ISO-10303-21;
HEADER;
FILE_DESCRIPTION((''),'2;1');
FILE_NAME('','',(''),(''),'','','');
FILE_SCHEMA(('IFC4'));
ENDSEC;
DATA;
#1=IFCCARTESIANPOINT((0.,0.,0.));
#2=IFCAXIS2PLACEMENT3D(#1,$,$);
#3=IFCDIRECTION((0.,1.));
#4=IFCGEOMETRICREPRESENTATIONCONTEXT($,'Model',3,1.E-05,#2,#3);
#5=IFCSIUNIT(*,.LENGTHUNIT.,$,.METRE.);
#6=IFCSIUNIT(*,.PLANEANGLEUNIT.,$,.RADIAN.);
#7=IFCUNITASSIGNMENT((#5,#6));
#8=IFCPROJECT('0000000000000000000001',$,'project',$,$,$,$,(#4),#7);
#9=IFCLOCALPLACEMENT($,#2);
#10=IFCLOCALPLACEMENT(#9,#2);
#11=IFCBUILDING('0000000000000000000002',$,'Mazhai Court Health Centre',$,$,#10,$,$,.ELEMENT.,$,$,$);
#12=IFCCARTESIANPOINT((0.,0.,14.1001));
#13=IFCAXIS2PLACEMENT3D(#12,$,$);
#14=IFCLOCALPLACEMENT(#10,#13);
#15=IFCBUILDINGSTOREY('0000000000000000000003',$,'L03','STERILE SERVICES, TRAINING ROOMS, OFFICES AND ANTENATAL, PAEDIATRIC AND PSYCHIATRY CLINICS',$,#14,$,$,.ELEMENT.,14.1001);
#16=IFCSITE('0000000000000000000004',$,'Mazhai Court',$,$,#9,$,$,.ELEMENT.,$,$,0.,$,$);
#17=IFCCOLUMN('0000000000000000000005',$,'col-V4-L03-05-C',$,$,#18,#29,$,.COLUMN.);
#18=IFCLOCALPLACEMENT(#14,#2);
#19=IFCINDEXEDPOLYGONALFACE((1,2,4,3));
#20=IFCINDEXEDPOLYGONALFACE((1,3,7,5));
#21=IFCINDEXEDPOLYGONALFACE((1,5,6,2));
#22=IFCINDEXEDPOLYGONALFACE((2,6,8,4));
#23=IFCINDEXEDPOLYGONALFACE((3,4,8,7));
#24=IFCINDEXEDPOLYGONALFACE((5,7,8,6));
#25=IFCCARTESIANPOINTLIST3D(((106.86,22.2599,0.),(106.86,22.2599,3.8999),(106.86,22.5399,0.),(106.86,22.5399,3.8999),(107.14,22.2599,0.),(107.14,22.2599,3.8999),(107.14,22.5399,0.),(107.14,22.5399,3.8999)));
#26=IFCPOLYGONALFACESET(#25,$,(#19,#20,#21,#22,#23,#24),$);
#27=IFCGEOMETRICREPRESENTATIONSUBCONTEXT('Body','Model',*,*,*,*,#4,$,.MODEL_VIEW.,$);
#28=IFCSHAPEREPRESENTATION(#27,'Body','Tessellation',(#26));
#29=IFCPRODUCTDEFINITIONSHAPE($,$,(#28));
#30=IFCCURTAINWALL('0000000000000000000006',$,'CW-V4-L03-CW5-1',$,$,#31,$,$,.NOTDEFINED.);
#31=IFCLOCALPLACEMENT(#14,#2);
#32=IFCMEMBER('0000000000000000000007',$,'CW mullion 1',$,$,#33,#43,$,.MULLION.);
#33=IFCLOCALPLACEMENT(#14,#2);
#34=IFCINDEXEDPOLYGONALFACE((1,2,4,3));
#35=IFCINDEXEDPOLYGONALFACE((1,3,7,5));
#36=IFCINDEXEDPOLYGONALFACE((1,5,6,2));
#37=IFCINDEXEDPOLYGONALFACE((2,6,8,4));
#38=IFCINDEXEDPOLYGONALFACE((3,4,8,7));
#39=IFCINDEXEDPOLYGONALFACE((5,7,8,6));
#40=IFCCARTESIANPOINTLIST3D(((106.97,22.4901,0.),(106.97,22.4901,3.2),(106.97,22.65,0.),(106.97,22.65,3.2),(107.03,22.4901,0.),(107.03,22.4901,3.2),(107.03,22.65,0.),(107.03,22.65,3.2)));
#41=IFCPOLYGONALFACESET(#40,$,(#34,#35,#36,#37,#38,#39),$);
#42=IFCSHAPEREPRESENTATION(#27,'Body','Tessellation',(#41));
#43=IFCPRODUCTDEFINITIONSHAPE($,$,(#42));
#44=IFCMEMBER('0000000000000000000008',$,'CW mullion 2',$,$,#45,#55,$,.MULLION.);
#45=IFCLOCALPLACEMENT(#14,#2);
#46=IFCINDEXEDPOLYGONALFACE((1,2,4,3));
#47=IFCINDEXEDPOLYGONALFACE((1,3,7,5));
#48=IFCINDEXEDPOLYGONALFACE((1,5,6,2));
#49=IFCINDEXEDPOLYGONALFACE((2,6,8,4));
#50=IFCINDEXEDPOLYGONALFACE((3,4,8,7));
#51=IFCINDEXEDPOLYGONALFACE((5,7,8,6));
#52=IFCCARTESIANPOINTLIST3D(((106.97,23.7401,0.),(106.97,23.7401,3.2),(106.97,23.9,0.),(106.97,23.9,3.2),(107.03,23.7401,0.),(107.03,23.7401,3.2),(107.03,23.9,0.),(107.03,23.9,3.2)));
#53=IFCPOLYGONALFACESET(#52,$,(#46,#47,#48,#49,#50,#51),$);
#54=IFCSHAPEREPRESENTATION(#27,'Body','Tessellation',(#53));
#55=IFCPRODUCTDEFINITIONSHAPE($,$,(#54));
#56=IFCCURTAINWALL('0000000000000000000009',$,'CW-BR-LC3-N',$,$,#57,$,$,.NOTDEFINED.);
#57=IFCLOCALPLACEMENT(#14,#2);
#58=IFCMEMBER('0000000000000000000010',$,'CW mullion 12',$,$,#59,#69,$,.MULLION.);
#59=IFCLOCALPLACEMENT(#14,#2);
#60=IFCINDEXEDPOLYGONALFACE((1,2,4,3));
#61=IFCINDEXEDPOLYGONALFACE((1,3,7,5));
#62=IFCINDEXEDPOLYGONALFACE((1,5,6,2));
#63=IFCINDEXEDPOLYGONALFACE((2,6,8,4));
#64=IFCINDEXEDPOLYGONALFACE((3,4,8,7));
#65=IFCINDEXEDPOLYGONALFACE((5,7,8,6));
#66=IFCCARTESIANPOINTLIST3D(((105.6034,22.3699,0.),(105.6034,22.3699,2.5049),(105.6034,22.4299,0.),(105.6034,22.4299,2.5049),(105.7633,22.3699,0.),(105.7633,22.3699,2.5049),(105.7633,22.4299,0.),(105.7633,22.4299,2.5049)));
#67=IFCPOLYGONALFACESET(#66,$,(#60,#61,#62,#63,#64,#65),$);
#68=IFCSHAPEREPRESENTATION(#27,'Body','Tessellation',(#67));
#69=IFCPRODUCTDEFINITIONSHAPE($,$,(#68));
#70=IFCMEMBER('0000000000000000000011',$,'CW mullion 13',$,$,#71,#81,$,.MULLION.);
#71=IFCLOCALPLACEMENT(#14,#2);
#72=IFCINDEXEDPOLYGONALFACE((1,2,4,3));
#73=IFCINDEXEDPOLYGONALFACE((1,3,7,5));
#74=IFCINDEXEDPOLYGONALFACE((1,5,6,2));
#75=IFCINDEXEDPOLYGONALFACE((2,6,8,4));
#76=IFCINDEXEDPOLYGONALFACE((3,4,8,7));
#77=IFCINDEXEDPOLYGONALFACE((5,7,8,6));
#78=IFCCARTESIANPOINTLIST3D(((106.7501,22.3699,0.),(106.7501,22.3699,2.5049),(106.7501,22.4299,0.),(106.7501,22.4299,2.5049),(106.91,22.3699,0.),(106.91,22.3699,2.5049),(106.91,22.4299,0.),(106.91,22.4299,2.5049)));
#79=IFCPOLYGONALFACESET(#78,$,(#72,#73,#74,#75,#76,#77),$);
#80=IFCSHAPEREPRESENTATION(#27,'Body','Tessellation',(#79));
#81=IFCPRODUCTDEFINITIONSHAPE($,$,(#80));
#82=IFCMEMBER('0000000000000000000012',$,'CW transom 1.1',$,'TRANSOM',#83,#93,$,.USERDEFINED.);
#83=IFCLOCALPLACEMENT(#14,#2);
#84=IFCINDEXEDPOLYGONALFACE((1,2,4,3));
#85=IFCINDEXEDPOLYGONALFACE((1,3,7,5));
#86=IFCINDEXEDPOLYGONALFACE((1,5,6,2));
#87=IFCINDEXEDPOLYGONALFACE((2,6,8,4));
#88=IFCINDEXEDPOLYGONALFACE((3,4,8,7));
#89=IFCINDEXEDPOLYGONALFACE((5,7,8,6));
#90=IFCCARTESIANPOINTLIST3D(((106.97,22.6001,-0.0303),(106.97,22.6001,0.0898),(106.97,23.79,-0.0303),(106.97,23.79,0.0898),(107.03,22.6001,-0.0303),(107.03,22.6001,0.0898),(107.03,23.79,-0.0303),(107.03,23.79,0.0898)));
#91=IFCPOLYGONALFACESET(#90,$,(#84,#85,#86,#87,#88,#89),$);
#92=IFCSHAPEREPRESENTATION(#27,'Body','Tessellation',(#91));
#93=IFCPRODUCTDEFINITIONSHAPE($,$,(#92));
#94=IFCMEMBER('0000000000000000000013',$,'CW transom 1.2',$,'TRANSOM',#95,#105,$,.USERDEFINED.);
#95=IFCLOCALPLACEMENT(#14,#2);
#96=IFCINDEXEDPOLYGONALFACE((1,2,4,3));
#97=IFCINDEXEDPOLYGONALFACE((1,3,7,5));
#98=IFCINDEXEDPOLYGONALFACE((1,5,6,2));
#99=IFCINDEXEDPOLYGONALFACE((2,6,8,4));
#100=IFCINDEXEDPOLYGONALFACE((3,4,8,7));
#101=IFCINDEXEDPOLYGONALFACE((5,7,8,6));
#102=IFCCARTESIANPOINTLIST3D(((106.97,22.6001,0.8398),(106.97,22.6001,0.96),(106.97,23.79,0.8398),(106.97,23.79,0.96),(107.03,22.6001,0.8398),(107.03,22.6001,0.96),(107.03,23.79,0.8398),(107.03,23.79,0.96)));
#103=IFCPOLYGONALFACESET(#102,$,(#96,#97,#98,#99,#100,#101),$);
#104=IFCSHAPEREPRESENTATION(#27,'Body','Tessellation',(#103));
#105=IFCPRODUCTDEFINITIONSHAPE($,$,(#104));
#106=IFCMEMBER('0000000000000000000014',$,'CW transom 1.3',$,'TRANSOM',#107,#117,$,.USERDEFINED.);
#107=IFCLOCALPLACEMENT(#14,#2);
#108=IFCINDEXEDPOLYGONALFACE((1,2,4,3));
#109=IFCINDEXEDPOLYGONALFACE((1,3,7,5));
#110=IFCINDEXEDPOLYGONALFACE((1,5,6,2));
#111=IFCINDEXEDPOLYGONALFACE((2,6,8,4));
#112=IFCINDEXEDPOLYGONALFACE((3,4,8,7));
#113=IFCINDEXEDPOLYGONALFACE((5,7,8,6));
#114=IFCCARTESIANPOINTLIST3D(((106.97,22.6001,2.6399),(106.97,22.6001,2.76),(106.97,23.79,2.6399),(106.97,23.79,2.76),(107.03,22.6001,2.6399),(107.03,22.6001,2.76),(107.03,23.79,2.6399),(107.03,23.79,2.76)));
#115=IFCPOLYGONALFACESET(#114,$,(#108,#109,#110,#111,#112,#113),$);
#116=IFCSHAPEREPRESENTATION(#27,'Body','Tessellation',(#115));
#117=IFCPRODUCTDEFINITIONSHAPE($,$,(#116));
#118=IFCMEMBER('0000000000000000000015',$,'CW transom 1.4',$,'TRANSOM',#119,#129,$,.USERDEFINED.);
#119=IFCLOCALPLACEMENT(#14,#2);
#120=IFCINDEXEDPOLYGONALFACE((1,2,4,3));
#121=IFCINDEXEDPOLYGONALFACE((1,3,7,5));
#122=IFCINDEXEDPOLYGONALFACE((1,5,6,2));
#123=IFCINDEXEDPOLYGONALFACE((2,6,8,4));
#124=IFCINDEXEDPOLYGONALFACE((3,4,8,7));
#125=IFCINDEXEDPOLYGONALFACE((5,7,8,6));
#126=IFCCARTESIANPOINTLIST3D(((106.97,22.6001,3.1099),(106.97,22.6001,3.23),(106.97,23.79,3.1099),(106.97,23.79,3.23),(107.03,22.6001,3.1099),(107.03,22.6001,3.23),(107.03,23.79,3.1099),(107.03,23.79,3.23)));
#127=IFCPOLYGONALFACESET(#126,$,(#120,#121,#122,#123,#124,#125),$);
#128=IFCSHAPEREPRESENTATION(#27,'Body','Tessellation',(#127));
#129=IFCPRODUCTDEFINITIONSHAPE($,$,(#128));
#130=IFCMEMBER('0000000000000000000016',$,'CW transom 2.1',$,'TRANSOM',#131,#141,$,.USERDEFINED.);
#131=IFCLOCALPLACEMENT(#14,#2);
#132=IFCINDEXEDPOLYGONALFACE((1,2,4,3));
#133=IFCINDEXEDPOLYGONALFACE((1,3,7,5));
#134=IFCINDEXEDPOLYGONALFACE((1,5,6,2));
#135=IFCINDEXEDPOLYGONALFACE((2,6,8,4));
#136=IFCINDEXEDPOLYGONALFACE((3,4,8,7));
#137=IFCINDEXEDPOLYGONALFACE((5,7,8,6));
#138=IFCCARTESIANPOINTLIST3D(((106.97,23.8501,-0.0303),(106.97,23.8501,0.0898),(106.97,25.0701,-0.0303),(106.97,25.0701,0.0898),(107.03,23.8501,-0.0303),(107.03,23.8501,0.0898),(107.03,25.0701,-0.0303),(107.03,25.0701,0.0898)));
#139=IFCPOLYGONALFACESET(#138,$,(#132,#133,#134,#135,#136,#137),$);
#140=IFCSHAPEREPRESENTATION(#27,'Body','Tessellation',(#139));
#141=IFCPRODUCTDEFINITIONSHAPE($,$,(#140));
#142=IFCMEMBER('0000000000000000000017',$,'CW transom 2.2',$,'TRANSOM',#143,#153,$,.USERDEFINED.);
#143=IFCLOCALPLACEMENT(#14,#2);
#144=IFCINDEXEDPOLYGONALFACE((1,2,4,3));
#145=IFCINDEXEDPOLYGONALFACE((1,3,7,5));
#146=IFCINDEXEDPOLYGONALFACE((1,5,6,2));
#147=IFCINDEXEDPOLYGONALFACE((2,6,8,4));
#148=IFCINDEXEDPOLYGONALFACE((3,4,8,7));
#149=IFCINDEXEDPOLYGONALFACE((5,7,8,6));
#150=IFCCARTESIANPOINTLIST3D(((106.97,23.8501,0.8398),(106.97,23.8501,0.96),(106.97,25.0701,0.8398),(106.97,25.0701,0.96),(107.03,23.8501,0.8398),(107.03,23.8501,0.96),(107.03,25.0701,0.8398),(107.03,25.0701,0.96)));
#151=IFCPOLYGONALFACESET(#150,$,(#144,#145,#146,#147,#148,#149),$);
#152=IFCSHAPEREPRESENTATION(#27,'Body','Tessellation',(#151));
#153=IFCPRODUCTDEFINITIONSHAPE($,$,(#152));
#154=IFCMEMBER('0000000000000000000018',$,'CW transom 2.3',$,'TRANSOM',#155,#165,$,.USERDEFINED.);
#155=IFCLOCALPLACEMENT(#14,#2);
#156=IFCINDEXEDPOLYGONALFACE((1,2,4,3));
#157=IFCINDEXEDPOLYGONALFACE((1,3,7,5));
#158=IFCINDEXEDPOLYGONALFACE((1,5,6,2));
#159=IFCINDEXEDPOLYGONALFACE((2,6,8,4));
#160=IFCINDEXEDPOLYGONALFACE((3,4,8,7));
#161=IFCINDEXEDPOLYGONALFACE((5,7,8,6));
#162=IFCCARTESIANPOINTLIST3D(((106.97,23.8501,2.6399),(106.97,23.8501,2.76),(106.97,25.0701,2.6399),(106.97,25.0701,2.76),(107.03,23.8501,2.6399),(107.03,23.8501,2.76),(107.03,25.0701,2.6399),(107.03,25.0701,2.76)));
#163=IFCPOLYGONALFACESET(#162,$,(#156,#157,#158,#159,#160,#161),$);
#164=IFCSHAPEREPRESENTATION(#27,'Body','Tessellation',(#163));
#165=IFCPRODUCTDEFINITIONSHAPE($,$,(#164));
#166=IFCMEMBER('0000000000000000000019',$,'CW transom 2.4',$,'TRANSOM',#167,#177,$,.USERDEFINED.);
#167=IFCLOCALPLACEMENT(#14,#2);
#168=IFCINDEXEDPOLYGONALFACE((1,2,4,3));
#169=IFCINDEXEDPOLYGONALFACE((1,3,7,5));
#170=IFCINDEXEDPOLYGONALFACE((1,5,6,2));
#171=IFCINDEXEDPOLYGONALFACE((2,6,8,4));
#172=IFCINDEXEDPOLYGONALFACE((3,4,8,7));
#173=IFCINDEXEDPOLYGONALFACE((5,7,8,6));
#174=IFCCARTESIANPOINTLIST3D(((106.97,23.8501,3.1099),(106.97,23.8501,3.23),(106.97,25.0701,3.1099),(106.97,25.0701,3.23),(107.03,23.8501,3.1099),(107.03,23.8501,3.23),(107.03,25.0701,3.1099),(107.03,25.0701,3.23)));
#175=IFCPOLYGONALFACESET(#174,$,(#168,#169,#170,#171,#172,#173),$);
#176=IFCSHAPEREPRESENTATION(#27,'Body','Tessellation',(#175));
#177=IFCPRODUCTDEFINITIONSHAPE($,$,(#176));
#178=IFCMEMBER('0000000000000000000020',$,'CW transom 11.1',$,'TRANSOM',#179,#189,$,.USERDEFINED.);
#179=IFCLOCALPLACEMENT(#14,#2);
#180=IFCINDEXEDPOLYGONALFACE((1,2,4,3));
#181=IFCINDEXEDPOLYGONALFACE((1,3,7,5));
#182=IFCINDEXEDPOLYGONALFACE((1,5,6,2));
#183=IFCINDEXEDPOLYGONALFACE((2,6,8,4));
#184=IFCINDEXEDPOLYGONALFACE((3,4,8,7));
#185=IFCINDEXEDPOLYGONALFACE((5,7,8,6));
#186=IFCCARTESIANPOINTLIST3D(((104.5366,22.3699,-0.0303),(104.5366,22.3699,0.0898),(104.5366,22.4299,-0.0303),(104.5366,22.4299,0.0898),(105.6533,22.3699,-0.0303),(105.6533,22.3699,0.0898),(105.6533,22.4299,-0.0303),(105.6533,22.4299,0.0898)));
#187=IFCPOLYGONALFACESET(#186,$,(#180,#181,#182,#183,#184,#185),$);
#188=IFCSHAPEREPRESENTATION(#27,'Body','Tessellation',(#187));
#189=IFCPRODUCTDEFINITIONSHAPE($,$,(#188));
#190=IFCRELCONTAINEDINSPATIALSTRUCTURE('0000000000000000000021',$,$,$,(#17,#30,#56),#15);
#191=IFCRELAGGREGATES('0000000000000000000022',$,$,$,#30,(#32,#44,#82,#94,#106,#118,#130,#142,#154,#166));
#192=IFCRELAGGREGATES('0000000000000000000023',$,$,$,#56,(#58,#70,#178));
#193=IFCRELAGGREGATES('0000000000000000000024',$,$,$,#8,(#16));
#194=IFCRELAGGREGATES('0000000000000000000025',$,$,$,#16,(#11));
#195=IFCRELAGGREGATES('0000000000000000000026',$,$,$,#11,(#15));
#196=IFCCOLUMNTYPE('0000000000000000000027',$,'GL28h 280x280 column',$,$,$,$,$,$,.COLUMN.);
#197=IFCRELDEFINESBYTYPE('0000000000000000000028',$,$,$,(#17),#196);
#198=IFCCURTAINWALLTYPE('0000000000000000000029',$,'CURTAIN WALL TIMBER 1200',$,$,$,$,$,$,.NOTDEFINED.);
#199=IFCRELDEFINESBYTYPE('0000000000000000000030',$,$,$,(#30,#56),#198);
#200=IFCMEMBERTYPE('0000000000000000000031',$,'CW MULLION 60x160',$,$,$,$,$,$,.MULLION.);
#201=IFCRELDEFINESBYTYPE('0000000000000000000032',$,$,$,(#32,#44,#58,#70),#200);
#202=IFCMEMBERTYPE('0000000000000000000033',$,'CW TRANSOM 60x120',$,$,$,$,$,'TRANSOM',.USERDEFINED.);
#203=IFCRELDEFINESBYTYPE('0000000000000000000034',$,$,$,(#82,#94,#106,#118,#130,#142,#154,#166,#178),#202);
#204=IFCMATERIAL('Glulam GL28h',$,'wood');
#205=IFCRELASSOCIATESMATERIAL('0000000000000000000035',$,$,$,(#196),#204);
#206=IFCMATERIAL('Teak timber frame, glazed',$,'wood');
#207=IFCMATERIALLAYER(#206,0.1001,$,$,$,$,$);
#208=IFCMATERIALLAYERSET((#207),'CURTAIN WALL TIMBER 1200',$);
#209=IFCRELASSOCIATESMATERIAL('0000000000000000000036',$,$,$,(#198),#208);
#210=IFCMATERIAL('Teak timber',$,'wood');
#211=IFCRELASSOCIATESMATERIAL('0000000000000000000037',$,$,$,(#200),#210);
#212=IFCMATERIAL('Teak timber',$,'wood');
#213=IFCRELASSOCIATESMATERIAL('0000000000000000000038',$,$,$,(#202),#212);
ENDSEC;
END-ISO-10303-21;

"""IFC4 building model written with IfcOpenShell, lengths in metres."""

from ifc_helpers import new_model, si_unit, direction, frame, origin, origin_2d, place, context, subcontext, project, spatial, rectangle, extrude, material, layer, layer_set, material_profile, profile_set, type_object, element, aggregate, save


model = new_model("IFC4")

# Units and contexts
model_context = context("Model", 3, precision=1e-05, world=origin(), true_north=direction((0.0, 1.0)))
body_context = subcontext(model_context, "Body", "Model", "MODEL_VIEW")
ifc_project = project(units=[si_unit("LENGTHUNIT", "METRE"), si_unit("PLANEANGLEUNIT", "RADIAN")], contexts=[model_context])

# Site, building, storey
site_placement = place(None, origin())
site = spatial("IfcSite", under=ifc_project, at=site_placement, Name="Mazhai Court", CompositionType="ELEMENT", RefElevation=0.0)
building_placement = place(site_placement, origin())
building = spatial("IfcBuilding", under=site, at=building_placement, Name="Mazhai Court Health Centre", CompositionType="ELEMENT")
storey_placement = place(building_placement, frame((0.0, 0.0, 14.1001)))
storey = spatial("IfcBuildingStorey", under=building, at=storey_placement, Name="L03", Description="STERILE SERVICES, TRAINING ROOMS, OFFICES AND ANTENATAL, PAEDIATRIC AND PSYCHIATRY CLINICS", CompositionType="ELEMENT", Elevation=14.1001)

# Column
ifc_material_1 = material(Name="Glulam GL28h", Category="wood")
ifc_material_profile_1 = material_profile(ifc_material_1, rectangle(XDim=0.28, YDim=0.28, at=origin_2d()), Name="GL28h 280x280")
ifc_profile_set_1 = profile_set([ifc_material_profile_1], Name="Glulam GL28h")
column_type = type_object("IfcColumnType", Name="GL28h 280x280 column", PredefinedType="COLUMN", material=ifc_profile_set_1)
column_placement = place(storey_placement, frame((107.0, 22.3999, 0.0), z_axis=(0.0, 0.0, 1.0), x_axis=(1.0, 0.0, 0.0)))
element("IfcColumn", 1, at=column_placement, inside=storey, type_object=column_type, Name="col-V4-L03-05-C", PredefinedType="COLUMN", context=body_context, shape_type="SweptSolid", body=[
    extrude(rectangle(XDim=0.28, YDim=0.28, at=origin_2d()), origin(), (0.0, 0.0, 1.0), 3.8999),
])

# Curtain walls, members
ifc_material_2 = material(Name="Teak timber frame, glazed", Category="wood")
ifc_layer_1 = layer(ifc_material_2, 0.1001)
ifc_layer_set_1 = layer_set([ifc_layer_1], Name="CURTAIN WALL TIMBER 1200")
curtain_wall_type = type_object("IfcCurtainWallType", Name="CURTAIN WALL TIMBER 1200", PredefinedType="NOTDEFINED", material=ifc_layer_set_1)
curtain_wall_1_placement = place(storey_placement, origin())
curtain_wall_1 = element("IfcCurtainWall", 2, at=curtain_wall_1_placement, inside=storey, type_object=curtain_wall_type, Name="CW-V4-L03-CW5-1", PredefinedType="NOTDEFINED")
ifc_material_3 = material(Name="Teak timber", Category="wood")
ifc_material_profile_2 = material_profile(ifc_material_3, rectangle(XDim=0.0601, YDim=0.1599, at=origin_2d()), Name="CW MULLION 60x160")
ifc_profile_set_2 = profile_set([ifc_material_profile_2], Name="Teak timber")
member_type_1 = type_object("IfcMemberType", Name="CW MULLION 60x160", PredefinedType="MULLION", material=ifc_profile_set_2)
member_1_placement = place(storey_placement, frame((107.0, 22.5701, 0.0), z_axis=(0.0, 0.0, 1.0), x_axis=(-1.0, 0.0, 0.0)))
member_1 = element("IfcMember", 3, at=member_1_placement, type_object=member_type_1, Name="CW mullion 1", PredefinedType="MULLION", context=body_context, shape_type="SweptSolid", body=[
    extrude(rectangle(XDim=0.0601, YDim=0.1599, at=origin_2d()), origin(), (0.0, 0.0, 1.0), 3.2),
])
member_2_placement = place(storey_placement, frame((107.0, 23.8201, 0.0), z_axis=(0.0, 0.0, 1.0), x_axis=(-1.0, 0.0, 0.0)))
member_2 = element("IfcMember", 4, at=member_2_placement, type_object=member_type_1, Name="CW mullion 2", PredefinedType="MULLION", context=body_context, shape_type="SweptSolid", body=[
    extrude(rectangle(XDim=0.0601, YDim=0.1599, at=origin_2d()), origin(), (0.0, 0.0, 1.0), 3.2),
])
curtain_wall_2_placement = place(storey_placement, origin())
curtain_wall_2 = element("IfcCurtainWall", 5, at=curtain_wall_2_placement, inside=storey, type_object=curtain_wall_type, Name="CW-BR-LC3-N", PredefinedType="NOTDEFINED")
member_3_placement = place(storey_placement, frame((105.6833, 22.3999, 0.0), z_axis=(0.0, 0.0, 1.0), x_axis=(0.0, 1.0, 0.0)))
member_3 = element("IfcMember", 6, at=member_3_placement, type_object=member_type_1, Name="CW mullion 12", PredefinedType="MULLION", context=body_context, shape_type="SweptSolid", body=[
    extrude(rectangle(XDim=0.0601, YDim=0.1599, at=origin_2d()), origin(), (0.0, 0.0, 1.0), 2.5049),
])
member_4_placement = place(storey_placement, frame((106.8301, 22.3999, 0.0), z_axis=(0.0, 0.0, 1.0), x_axis=(0.0, 1.0, 0.0)))
member_4 = element("IfcMember", 7, at=member_4_placement, type_object=member_type_1, Name="CW mullion 13", PredefinedType="MULLION", context=body_context, shape_type="SweptSolid", body=[
    extrude(rectangle(XDim=0.0601, YDim=0.1599, at=origin_2d()), origin(), (0.0, 0.0, 1.0), 2.5049),
])

# Members
ifc_material_4 = material(Name="Teak timber", Category="wood")
ifc_material_profile_3 = material_profile(ifc_material_4, rectangle(XDim=0.0601, YDim=0.1201, at=origin_2d()), Name="CW TRANSOM 60x120")
ifc_profile_set_3 = profile_set([ifc_material_profile_3], Name="Teak timber")
member_type_2 = type_object("IfcMemberType", Name="CW TRANSOM 60x120", ElementType="TRANSOM", PredefinedType="USERDEFINED", material=ifc_profile_set_3)
member_5_placement = place(storey_placement, frame((107.0, 22.6001, 0.0298), z_axis=(0.0, 1.0, 0.0), x_axis=(-1.0, 0.0, 0.0)))
member_5 = element("IfcMember", 8, at=member_5_placement, type_object=member_type_2, Name="CW transom 1.1", ObjectType="TRANSOM", PredefinedType="USERDEFINED", context=body_context, shape_type="SweptSolid", body=[
    extrude(rectangle(XDim=0.0601, YDim=0.1201, at=origin_2d()), origin(), (0.0, 0.0, 1.0), 1.1899),
])
member_6_placement = place(storey_placement, frame((107.0, 22.6001, 0.8999), z_axis=(0.0, 1.0, 0.0), x_axis=(-1.0, 0.0, 0.0)))
member_6 = element("IfcMember", 9, at=member_6_placement, type_object=member_type_2, Name="CW transom 1.2", ObjectType="TRANSOM", PredefinedType="USERDEFINED", context=body_context, shape_type="SweptSolid", body=[
    extrude(rectangle(XDim=0.0601, YDim=0.1201, at=origin_2d()), origin(), (0.0, 0.0, 1.0), 1.1899),
])
member_7_placement = place(storey_placement, frame((107.0, 22.6001, 2.7), z_axis=(0.0, 1.0, 0.0), x_axis=(-1.0, 0.0, 0.0)))
member_7 = element("IfcMember", 10, at=member_7_placement, type_object=member_type_2, Name="CW transom 1.3", ObjectType="TRANSOM", PredefinedType="USERDEFINED", context=body_context, shape_type="SweptSolid", body=[
    extrude(rectangle(XDim=0.0601, YDim=0.1201, at=origin_2d()), origin(), (0.0, 0.0, 1.0), 1.1899),
])
member_8_placement = place(storey_placement, frame((107.0, 22.6001, 3.1699), z_axis=(0.0, 1.0, 0.0), x_axis=(-1.0, 0.0, 0.0)))
member_8 = element("IfcMember", 11, at=member_8_placement, type_object=member_type_2, Name="CW transom 1.4", ObjectType="TRANSOM", PredefinedType="USERDEFINED", context=body_context, shape_type="SweptSolid", body=[
    extrude(rectangle(XDim=0.0601, YDim=0.1201, at=origin_2d()), origin(), (0.0, 0.0, 1.0), 1.1899),
])
member_9_placement = place(storey_placement, frame((107.0, 23.8501, 0.0298), z_axis=(0.0, 1.0, 0.0), x_axis=(-1.0, 0.0, 0.0)))
member_9 = element("IfcMember", 12, at=member_9_placement, type_object=member_type_2, Name="CW transom 2.1", ObjectType="TRANSOM", PredefinedType="USERDEFINED", context=body_context, shape_type="SweptSolid", body=[
    extrude(rectangle(XDim=0.0601, YDim=0.1201, at=origin_2d()), origin(), (0.0, 0.0, 1.0), 1.22),
])
member_10_placement = place(storey_placement, frame((107.0, 23.8501, 0.8999), z_axis=(0.0, 1.0, 0.0), x_axis=(-1.0, 0.0, 0.0)))
member_10 = element("IfcMember", 13, at=member_10_placement, type_object=member_type_2, Name="CW transom 2.2", ObjectType="TRANSOM", PredefinedType="USERDEFINED", context=body_context, shape_type="SweptSolid", body=[
    extrude(rectangle(XDim=0.0601, YDim=0.1201, at=origin_2d()), origin(), (0.0, 0.0, 1.0), 1.22),
])
member_11_placement = place(storey_placement, frame((107.0, 23.8501, 2.7), z_axis=(0.0, 1.0, 0.0), x_axis=(-1.0, 0.0, 0.0)))
member_11 = element("IfcMember", 14, at=member_11_placement, type_object=member_type_2, Name="CW transom 2.3", ObjectType="TRANSOM", PredefinedType="USERDEFINED", context=body_context, shape_type="SweptSolid", body=[
    extrude(rectangle(XDim=0.0601, YDim=0.1201, at=origin_2d()), origin(), (0.0, 0.0, 1.0), 1.22),
])
member_12_placement = place(storey_placement, frame((107.0, 23.8501, 3.1699), z_axis=(0.0, 1.0, 0.0), x_axis=(-1.0, 0.0, 0.0)))
member_12 = element("IfcMember", 15, at=member_12_placement, type_object=member_type_2, Name="CW transom 2.4", ObjectType="TRANSOM", PredefinedType="USERDEFINED", context=body_context, shape_type="SweptSolid", body=[
    extrude(rectangle(XDim=0.0601, YDim=0.1201, at=origin_2d()), origin(), (0.0, 0.0, 1.0), 1.22),
])
member_13_placement = place(storey_placement, frame((104.5366, 22.3999, 0.0298), z_axis=(1.0, 0.0, 0.0), x_axis=(0.0, 1.0, 0.0)))
member_13 = element("IfcMember", 16, at=member_13_placement, type_object=member_type_2, Name="CW transom 11.1", ObjectType="TRANSOM", PredefinedType="USERDEFINED", context=body_context, shape_type="SweptSolid", body=[
    extrude(rectangle(XDim=0.0601, YDim=0.1201, at=origin_2d()), origin(), (0.0, 0.0, 1.0), 1.1167),
])

aggregate(curtain_wall_1, [member_1, member_2, member_5, member_6, member_7, member_8, member_9, member_10, member_11, member_12])
aggregate(curtain_wall_2, [member_3, member_4, member_13])

save(model, "model.ifc")
